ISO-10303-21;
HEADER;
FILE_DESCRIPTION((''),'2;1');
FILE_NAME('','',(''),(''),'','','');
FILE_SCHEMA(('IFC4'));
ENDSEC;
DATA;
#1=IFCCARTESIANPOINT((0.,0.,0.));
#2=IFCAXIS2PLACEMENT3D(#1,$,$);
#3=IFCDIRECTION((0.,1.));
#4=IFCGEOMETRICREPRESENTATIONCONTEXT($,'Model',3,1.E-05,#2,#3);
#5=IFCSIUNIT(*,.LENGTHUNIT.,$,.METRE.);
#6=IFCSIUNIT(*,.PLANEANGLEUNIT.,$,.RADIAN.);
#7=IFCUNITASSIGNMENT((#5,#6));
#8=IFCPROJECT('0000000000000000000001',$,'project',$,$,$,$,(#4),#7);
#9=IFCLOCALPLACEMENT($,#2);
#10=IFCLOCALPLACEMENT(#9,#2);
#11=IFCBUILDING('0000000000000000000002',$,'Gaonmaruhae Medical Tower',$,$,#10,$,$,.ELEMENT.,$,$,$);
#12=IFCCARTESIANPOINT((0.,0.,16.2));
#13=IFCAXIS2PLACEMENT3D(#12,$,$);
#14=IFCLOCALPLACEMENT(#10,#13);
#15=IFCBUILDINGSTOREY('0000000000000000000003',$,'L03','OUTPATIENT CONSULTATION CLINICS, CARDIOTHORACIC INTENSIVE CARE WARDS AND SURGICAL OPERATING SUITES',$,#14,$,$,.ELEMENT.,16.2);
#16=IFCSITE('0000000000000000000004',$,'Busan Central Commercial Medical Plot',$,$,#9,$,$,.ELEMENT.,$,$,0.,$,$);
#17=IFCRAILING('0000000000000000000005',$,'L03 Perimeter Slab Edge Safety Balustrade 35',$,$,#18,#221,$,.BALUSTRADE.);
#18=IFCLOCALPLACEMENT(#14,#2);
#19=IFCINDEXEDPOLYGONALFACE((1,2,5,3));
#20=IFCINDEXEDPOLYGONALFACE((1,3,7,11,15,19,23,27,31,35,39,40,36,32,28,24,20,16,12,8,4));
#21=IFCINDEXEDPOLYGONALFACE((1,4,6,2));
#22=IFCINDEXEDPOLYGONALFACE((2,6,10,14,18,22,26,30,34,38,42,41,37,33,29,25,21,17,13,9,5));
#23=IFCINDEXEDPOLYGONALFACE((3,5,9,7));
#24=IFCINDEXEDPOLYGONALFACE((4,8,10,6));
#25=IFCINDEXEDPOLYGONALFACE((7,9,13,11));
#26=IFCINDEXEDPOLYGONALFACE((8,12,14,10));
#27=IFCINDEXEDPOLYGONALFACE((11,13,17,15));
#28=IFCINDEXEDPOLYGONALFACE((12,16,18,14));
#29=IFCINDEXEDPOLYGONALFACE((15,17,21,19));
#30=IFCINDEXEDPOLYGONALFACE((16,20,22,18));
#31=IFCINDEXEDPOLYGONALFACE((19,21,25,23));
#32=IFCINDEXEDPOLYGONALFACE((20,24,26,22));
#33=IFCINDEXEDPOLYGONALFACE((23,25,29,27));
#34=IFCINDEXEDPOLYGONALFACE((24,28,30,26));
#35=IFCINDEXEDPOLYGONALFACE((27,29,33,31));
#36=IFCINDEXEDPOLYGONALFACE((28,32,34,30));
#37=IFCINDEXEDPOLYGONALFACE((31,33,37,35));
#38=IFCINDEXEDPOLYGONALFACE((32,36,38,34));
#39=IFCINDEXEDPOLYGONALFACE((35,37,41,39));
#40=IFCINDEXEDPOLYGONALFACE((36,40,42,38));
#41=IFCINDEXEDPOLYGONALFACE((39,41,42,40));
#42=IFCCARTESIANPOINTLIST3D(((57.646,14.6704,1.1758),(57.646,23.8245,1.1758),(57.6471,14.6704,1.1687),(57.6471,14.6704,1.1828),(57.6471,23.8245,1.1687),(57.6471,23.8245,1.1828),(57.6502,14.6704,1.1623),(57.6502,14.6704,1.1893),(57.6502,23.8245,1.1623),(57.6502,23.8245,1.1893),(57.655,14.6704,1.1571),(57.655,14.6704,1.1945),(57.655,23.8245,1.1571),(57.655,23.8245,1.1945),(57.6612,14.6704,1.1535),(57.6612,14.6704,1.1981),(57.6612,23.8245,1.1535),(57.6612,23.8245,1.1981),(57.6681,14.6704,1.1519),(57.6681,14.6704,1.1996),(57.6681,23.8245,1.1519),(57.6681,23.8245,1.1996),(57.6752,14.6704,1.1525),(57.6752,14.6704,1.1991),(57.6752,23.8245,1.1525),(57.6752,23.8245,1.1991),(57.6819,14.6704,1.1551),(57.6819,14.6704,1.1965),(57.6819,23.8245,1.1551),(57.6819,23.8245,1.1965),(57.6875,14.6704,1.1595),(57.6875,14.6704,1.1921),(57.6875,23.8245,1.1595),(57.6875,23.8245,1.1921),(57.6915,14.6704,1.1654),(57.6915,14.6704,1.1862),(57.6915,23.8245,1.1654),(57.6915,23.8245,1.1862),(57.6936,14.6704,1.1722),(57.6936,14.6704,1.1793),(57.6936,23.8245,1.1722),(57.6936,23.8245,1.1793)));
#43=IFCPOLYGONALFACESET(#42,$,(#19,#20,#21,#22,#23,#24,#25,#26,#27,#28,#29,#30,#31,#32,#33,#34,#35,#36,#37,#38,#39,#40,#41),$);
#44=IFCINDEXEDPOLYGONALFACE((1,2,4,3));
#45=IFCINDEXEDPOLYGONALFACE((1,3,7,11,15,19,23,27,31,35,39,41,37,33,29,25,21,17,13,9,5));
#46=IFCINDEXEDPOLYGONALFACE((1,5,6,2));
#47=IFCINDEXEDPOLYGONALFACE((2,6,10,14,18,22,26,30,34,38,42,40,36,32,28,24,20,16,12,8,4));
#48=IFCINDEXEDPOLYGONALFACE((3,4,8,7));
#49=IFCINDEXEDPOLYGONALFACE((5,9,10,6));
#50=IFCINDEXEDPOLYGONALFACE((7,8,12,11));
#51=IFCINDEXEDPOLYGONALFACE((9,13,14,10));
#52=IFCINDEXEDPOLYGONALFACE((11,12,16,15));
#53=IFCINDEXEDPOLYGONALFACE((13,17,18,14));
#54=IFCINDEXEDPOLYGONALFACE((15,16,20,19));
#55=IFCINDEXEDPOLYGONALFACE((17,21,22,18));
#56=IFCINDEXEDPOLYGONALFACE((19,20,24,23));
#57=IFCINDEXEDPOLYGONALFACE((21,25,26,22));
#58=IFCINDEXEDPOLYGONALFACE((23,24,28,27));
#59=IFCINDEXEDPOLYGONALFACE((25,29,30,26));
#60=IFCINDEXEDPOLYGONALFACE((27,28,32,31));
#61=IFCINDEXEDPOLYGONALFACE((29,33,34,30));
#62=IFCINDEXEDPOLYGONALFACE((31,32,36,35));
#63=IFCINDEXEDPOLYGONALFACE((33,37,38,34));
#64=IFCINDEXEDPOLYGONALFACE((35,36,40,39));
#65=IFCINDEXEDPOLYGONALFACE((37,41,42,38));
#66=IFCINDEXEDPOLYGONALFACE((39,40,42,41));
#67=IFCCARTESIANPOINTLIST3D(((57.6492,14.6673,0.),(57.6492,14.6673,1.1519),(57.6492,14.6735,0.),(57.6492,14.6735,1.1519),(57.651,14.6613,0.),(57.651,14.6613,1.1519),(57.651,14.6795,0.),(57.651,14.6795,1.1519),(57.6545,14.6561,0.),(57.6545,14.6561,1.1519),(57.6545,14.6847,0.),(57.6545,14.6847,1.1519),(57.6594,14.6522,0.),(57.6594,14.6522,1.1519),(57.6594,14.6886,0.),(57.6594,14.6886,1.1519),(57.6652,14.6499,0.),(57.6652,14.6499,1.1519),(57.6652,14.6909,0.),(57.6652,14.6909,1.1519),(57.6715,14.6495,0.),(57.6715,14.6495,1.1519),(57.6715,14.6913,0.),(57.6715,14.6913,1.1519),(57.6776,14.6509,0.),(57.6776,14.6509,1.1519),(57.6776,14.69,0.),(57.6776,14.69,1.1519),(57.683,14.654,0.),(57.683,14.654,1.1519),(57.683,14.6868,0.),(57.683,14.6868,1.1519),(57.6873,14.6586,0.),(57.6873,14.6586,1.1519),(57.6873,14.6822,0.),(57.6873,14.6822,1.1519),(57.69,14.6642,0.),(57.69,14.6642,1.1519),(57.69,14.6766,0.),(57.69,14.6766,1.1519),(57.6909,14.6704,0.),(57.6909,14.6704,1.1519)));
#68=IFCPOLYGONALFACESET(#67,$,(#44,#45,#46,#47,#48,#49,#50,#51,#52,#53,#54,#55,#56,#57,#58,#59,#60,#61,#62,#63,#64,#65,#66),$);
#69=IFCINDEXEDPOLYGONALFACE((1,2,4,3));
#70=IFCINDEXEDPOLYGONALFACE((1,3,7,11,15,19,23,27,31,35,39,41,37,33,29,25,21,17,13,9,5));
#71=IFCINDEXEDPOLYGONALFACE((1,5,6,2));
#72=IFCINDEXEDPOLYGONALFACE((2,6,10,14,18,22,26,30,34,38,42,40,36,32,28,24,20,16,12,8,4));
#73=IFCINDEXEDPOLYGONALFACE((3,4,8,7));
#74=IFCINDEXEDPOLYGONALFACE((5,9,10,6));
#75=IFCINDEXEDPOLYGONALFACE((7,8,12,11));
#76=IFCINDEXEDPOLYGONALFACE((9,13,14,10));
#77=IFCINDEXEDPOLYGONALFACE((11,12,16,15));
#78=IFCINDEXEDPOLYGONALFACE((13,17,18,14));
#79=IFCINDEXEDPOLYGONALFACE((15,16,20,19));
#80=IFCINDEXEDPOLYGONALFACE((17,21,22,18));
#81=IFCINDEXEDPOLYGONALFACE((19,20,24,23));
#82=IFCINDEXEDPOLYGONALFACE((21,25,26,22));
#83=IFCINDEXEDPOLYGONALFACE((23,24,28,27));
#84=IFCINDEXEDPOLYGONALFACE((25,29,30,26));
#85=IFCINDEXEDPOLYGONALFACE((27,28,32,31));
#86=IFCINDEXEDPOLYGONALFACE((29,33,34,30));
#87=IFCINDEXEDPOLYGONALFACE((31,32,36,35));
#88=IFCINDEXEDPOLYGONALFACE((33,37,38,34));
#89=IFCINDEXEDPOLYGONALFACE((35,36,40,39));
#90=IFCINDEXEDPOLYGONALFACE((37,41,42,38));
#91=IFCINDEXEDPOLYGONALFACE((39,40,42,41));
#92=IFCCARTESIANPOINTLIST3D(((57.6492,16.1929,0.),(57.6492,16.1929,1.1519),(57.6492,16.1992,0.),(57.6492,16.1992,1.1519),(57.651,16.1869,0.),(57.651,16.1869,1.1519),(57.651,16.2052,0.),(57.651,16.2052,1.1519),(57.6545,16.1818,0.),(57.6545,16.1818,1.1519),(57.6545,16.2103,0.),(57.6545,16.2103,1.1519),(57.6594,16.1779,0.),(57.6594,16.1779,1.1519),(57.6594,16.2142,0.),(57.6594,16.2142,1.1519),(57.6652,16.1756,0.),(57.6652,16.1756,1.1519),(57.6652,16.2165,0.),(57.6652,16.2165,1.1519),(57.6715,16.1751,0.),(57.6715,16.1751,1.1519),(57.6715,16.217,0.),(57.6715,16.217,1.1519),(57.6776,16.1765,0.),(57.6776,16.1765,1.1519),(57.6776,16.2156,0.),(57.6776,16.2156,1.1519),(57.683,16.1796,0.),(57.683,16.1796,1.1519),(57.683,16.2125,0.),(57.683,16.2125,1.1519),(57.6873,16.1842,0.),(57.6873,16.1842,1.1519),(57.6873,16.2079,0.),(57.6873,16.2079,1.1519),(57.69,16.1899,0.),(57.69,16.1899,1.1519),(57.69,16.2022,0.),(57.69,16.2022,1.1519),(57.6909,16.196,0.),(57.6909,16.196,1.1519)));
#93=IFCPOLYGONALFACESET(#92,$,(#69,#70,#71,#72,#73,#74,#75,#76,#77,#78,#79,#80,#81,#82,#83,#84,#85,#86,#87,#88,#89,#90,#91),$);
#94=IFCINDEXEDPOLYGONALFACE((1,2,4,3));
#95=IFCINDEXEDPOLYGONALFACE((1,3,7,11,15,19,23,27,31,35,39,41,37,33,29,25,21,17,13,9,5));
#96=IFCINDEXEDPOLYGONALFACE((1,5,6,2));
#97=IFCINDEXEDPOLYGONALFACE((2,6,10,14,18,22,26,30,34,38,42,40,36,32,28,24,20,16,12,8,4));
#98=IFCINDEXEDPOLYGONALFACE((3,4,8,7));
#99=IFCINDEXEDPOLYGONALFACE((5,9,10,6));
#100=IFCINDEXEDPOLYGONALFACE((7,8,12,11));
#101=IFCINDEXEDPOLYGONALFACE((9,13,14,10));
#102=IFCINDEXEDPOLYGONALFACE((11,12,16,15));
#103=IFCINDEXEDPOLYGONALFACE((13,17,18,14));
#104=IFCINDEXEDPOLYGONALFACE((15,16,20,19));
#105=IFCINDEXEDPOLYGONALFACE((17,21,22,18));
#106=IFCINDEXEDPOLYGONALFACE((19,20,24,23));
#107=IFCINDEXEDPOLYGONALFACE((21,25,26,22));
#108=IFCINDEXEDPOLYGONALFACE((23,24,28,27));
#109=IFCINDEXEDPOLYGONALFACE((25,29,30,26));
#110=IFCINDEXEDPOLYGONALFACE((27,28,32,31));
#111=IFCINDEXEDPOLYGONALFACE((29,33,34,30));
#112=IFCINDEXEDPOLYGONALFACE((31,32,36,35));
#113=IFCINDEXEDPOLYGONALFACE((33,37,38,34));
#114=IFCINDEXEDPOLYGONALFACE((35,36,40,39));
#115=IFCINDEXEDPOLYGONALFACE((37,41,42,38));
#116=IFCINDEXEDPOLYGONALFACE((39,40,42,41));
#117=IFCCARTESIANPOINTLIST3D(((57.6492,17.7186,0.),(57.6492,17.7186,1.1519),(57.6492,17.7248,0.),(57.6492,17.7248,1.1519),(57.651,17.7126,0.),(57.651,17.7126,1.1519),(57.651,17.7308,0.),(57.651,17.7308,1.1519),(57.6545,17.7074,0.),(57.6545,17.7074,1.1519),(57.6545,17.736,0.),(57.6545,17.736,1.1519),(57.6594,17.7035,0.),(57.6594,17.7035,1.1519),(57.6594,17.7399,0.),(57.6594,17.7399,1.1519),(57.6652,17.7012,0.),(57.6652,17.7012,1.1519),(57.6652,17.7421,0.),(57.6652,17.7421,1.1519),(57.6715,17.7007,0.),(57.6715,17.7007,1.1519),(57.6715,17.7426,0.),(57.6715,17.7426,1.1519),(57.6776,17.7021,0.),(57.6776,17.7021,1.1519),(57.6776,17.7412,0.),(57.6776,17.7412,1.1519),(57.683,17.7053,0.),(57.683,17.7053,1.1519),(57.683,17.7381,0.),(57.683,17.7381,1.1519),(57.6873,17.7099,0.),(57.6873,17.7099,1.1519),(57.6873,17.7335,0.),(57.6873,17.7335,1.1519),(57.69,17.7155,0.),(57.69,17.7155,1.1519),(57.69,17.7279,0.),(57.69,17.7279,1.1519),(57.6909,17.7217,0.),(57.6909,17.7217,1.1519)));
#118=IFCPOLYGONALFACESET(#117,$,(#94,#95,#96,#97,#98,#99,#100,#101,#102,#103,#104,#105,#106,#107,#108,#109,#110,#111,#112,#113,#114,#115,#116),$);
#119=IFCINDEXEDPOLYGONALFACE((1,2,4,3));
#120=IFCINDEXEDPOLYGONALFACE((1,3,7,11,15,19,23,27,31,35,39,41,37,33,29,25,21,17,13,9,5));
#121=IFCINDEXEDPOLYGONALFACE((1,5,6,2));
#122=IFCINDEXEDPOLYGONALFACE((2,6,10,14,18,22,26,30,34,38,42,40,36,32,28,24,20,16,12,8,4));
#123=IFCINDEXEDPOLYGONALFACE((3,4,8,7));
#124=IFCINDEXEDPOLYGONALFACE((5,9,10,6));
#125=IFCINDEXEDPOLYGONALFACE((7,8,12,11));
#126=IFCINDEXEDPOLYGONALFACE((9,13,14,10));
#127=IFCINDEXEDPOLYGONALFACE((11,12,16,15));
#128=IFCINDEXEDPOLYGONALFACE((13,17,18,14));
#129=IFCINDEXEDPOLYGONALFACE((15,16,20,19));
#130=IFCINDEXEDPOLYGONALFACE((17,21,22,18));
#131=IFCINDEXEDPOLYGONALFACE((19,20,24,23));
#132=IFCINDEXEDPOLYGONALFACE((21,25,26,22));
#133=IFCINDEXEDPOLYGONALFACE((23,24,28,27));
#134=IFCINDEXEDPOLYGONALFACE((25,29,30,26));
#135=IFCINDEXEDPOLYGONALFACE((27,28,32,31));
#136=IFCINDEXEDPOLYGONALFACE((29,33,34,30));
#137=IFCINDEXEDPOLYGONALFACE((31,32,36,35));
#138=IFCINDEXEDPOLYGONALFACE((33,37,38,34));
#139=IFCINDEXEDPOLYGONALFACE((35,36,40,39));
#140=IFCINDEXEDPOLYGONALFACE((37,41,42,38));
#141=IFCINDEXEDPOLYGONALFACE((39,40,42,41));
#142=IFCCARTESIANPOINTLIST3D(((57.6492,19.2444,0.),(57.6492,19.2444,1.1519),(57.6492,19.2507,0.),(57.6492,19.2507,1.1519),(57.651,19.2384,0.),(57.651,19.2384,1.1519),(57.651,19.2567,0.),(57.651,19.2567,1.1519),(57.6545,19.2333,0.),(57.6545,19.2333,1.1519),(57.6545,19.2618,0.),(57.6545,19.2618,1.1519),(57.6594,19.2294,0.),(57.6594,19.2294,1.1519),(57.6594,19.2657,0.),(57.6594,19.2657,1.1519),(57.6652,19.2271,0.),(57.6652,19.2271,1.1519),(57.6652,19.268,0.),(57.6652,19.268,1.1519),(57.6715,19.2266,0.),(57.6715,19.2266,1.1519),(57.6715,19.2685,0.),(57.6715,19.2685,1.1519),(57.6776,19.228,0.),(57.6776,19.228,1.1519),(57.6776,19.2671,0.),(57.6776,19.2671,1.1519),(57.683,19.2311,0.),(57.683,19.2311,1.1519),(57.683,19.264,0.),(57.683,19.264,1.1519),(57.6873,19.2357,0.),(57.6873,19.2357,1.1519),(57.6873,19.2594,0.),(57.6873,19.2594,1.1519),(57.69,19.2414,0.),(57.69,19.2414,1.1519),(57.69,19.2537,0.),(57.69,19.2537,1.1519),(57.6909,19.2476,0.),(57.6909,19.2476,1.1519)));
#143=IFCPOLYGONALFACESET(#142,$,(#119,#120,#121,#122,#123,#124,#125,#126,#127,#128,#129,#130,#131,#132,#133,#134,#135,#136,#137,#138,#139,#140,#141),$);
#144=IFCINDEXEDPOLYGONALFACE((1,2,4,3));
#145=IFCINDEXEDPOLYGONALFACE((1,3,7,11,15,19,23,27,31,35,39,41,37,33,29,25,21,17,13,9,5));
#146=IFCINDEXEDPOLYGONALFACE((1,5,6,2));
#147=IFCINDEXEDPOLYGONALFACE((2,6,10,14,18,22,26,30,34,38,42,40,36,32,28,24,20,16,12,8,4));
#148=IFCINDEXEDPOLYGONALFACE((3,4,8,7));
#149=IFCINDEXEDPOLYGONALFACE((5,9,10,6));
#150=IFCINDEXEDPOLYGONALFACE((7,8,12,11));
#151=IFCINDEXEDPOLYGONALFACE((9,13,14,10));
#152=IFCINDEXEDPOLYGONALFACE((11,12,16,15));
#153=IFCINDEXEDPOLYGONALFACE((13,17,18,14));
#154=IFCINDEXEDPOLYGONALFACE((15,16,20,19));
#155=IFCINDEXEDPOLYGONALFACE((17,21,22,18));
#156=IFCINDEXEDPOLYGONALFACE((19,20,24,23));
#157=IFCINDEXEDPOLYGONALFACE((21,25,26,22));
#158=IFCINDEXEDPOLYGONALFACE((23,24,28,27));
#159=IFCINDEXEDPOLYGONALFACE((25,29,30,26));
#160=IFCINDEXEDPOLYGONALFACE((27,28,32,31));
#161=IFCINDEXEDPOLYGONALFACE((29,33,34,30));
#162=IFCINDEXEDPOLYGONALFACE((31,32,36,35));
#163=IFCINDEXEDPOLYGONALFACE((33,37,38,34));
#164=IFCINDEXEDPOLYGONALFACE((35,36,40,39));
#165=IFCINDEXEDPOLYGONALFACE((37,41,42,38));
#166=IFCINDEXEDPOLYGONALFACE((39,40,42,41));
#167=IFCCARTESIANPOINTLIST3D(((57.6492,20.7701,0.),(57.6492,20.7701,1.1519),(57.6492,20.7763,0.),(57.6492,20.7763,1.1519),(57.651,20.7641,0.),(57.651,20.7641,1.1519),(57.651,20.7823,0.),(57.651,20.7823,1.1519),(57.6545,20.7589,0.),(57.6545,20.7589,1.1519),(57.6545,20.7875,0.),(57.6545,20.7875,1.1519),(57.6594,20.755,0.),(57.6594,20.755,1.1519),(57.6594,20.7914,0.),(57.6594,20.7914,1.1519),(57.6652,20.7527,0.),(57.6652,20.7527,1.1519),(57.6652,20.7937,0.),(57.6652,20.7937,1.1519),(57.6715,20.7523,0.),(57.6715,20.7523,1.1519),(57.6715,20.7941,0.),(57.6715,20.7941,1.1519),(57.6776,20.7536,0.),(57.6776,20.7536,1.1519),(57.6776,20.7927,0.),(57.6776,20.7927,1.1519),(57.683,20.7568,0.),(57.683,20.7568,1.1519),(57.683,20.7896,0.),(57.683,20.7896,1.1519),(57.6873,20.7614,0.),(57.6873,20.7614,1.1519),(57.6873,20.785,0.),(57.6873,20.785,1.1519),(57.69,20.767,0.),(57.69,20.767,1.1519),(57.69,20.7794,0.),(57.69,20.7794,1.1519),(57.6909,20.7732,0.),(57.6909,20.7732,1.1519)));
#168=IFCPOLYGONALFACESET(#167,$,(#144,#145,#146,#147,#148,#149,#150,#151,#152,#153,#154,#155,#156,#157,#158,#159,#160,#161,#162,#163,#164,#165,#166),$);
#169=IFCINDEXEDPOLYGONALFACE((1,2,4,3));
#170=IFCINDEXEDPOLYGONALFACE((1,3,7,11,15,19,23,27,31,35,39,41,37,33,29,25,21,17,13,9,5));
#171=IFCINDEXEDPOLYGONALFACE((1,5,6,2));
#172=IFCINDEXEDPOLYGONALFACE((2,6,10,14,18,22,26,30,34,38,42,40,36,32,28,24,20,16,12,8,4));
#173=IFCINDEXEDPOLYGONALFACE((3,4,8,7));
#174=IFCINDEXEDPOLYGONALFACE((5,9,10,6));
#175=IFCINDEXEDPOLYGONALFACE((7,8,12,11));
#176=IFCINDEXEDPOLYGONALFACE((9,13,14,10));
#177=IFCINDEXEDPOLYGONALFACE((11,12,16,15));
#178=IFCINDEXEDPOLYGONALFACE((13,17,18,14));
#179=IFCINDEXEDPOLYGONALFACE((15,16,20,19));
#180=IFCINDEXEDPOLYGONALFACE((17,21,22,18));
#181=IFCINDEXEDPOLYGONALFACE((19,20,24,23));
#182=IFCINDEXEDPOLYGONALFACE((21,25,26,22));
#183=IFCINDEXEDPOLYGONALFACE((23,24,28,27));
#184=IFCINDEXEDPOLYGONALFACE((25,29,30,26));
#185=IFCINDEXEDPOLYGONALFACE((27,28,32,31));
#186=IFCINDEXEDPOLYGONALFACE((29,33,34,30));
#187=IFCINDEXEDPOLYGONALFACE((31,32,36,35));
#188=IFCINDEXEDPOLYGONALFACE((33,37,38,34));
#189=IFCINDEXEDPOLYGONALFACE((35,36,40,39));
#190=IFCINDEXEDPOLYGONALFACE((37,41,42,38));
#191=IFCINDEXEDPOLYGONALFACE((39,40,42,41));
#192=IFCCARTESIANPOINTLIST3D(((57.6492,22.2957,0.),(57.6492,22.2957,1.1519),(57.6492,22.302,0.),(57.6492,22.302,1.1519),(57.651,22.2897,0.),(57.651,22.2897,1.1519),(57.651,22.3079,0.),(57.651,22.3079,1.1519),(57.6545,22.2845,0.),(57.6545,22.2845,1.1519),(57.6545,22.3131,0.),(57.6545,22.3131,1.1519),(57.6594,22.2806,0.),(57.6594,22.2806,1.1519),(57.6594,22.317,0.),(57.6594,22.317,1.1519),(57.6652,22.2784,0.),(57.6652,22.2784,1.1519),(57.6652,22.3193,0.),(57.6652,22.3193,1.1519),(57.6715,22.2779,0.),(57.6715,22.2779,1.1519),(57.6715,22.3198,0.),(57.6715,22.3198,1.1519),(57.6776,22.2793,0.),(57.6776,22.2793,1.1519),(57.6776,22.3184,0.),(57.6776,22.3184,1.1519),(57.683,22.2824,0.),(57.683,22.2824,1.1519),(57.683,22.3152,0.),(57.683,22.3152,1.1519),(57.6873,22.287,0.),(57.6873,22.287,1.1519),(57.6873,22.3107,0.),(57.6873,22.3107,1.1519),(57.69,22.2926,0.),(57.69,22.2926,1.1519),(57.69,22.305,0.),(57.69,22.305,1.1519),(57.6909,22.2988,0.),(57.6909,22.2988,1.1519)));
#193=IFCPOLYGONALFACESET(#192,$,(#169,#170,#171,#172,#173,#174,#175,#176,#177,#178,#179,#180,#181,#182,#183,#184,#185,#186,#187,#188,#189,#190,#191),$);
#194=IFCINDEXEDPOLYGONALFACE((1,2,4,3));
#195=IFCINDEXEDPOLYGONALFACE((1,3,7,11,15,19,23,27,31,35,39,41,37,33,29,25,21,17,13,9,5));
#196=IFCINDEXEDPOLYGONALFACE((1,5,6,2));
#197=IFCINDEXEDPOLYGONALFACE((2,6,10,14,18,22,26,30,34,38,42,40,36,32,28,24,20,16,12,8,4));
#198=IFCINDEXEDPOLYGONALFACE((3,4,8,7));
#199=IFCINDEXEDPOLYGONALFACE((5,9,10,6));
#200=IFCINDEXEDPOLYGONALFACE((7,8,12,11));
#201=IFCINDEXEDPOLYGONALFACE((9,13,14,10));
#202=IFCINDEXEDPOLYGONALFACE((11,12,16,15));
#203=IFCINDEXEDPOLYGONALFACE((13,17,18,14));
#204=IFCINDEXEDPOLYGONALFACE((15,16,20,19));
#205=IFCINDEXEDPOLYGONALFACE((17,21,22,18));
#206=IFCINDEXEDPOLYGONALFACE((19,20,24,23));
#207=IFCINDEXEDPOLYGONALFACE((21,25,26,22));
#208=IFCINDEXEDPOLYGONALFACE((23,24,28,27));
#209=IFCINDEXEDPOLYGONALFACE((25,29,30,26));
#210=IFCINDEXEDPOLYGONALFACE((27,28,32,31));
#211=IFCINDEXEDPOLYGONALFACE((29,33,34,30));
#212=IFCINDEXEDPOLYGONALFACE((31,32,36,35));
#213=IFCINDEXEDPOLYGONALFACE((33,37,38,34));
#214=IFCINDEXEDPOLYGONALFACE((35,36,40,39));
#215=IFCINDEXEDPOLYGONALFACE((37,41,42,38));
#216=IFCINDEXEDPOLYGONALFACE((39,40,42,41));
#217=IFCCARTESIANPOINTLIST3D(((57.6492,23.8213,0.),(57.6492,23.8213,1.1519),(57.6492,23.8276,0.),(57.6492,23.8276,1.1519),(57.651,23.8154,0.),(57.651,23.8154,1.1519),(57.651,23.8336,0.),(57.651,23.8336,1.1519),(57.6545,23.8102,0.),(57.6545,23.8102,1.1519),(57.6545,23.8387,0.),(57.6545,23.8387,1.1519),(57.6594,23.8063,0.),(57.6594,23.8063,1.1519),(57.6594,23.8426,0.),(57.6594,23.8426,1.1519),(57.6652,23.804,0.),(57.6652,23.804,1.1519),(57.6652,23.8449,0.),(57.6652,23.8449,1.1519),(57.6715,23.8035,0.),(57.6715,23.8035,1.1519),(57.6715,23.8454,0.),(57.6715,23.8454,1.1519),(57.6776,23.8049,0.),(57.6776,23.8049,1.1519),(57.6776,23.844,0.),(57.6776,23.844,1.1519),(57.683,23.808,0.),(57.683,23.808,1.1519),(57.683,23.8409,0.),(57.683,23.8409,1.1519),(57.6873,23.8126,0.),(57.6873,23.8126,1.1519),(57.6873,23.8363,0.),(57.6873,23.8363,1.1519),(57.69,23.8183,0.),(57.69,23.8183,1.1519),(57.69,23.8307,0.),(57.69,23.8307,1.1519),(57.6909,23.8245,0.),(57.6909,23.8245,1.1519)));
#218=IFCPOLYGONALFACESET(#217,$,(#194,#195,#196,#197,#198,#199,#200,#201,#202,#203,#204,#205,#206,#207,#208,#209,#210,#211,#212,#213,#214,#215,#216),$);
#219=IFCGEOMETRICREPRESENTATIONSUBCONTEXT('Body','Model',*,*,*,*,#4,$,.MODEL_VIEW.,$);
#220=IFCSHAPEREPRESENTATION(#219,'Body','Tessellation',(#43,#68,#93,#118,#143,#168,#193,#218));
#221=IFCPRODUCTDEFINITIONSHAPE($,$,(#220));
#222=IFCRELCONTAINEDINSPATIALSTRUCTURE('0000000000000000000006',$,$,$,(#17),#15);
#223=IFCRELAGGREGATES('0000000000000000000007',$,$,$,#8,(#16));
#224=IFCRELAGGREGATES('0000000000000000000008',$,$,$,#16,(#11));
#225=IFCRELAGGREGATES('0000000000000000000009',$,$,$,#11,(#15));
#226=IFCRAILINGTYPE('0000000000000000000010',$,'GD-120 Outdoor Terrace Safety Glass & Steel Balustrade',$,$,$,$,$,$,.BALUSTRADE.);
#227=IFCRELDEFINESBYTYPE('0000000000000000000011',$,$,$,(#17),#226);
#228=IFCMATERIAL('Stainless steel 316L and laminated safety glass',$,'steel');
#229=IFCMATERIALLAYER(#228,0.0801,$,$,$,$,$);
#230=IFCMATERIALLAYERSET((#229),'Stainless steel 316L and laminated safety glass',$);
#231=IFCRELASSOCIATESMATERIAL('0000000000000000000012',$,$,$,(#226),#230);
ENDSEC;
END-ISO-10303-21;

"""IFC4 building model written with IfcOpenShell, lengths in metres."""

from ifc_helpers import new_model, si_unit, direction, frame, origin, origin_2d, place, context, subcontext, project, spatial, circle, extrude, material, layer, layer_set, type_object, element, save


model = new_model("IFC4")

# Units and contexts
model_context = context("Model", 3, precision=1e-05, world=origin(), true_north=direction((0.0, 1.0)))
body_context = subcontext(model_context, "Body", "Model", "MODEL_VIEW")
ifc_project = project(units=[si_unit("LENGTHUNIT", "METRE"), si_unit("PLANEANGLEUNIT", "RADIAN")], contexts=[model_context])

# Site, building, storey
site_placement = place(None, origin())
site = spatial("IfcSite", under=ifc_project, at=site_placement, Name="Busan Central Commercial Medical Plot", CompositionType="ELEMENT", RefElevation=0.0)
building_placement = place(site_placement, origin())
building = spatial("IfcBuilding", under=site, at=building_placement, Name="Gaonmaruhae Medical Tower", CompositionType="ELEMENT")
storey_placement = place(building_placement, frame((0.0, 0.0, 16.2)))
storey = spatial("IfcBuildingStorey", under=building, at=storey_placement, Name="L03", Description="OUTPATIENT CONSULTATION CLINICS, CARDIOTHORACIC INTENSIVE CARE WARDS AND SURGICAL OPERATING SUITES", CompositionType="ELEMENT", Elevation=16.2)

# Railing
ifc_material_1 = material(Name="Stainless steel 316L and laminated safety glass", Category="steel")
ifc_layer_1 = layer(ifc_material_1, 0.0801)
ifc_layer_set_1 = layer_set([ifc_layer_1], Name="Stainless steel 316L and laminated safety glass")
railing_type = type_object("IfcRailingType", Name="GD-120 Outdoor Terrace Safety Glass & Steel Balustrade", PredefinedType="BALUSTRADE", material=ifc_layer_set_1)
railing_1_placement = place(storey_placement, frame((57.6699, 14.6704, 0.0)))
element("IfcRailing", 1, at=railing_1_placement, inside=storey, type_object=railing_type, Name="L03 Perimeter Slab Edge Safety Balustrade 35", PredefinedType="BALUSTRADE", context=body_context, shape_type="SweptSolid", body=[
    extrude(circle(Radius=0.0239, at=origin_2d()), frame((0.0, 0.0, 1.1758), z_axis=(0.0, 1.0, 0.0), x_axis=(-1.0, 0.0, 0.0)), (0.0, 0.0, 1.0), 9.1541),
    extrude(circle(Radius=0.021, at=origin_2d()), origin(), (0.0, 0.0, 1.0), 1.1519),
    extrude(circle(Radius=0.021, at=origin_2d()), frame((0.0, 1.5256, 0.0)), (0.0, 0.0, 1.0), 1.1519),
    extrude(circle(Radius=0.021, at=origin_2d()), frame((0.0, 3.0513, 0.0)), (0.0, 0.0, 1.0), 1.1519),
    extrude(circle(Radius=0.021, at=origin_2d()), frame((0.0, 4.5771, 0.0)), (0.0, 0.0, 1.0), 1.1519),
    extrude(circle(Radius=0.021, at=origin_2d()), frame((0.0, 6.1028, 0.0)), (0.0, 0.0, 1.0), 1.1519),
    extrude(circle(Radius=0.021, at=origin_2d()), frame((0.0, 7.6284, 0.0)), (0.0, 0.0, 1.0), 1.1519),
    extrude(circle(Radius=0.021, at=origin_2d()), frame((0.0, 9.1541, 0.0)), (0.0, 0.0, 1.0), 1.1519),
])

save(model, "model.ifc")
